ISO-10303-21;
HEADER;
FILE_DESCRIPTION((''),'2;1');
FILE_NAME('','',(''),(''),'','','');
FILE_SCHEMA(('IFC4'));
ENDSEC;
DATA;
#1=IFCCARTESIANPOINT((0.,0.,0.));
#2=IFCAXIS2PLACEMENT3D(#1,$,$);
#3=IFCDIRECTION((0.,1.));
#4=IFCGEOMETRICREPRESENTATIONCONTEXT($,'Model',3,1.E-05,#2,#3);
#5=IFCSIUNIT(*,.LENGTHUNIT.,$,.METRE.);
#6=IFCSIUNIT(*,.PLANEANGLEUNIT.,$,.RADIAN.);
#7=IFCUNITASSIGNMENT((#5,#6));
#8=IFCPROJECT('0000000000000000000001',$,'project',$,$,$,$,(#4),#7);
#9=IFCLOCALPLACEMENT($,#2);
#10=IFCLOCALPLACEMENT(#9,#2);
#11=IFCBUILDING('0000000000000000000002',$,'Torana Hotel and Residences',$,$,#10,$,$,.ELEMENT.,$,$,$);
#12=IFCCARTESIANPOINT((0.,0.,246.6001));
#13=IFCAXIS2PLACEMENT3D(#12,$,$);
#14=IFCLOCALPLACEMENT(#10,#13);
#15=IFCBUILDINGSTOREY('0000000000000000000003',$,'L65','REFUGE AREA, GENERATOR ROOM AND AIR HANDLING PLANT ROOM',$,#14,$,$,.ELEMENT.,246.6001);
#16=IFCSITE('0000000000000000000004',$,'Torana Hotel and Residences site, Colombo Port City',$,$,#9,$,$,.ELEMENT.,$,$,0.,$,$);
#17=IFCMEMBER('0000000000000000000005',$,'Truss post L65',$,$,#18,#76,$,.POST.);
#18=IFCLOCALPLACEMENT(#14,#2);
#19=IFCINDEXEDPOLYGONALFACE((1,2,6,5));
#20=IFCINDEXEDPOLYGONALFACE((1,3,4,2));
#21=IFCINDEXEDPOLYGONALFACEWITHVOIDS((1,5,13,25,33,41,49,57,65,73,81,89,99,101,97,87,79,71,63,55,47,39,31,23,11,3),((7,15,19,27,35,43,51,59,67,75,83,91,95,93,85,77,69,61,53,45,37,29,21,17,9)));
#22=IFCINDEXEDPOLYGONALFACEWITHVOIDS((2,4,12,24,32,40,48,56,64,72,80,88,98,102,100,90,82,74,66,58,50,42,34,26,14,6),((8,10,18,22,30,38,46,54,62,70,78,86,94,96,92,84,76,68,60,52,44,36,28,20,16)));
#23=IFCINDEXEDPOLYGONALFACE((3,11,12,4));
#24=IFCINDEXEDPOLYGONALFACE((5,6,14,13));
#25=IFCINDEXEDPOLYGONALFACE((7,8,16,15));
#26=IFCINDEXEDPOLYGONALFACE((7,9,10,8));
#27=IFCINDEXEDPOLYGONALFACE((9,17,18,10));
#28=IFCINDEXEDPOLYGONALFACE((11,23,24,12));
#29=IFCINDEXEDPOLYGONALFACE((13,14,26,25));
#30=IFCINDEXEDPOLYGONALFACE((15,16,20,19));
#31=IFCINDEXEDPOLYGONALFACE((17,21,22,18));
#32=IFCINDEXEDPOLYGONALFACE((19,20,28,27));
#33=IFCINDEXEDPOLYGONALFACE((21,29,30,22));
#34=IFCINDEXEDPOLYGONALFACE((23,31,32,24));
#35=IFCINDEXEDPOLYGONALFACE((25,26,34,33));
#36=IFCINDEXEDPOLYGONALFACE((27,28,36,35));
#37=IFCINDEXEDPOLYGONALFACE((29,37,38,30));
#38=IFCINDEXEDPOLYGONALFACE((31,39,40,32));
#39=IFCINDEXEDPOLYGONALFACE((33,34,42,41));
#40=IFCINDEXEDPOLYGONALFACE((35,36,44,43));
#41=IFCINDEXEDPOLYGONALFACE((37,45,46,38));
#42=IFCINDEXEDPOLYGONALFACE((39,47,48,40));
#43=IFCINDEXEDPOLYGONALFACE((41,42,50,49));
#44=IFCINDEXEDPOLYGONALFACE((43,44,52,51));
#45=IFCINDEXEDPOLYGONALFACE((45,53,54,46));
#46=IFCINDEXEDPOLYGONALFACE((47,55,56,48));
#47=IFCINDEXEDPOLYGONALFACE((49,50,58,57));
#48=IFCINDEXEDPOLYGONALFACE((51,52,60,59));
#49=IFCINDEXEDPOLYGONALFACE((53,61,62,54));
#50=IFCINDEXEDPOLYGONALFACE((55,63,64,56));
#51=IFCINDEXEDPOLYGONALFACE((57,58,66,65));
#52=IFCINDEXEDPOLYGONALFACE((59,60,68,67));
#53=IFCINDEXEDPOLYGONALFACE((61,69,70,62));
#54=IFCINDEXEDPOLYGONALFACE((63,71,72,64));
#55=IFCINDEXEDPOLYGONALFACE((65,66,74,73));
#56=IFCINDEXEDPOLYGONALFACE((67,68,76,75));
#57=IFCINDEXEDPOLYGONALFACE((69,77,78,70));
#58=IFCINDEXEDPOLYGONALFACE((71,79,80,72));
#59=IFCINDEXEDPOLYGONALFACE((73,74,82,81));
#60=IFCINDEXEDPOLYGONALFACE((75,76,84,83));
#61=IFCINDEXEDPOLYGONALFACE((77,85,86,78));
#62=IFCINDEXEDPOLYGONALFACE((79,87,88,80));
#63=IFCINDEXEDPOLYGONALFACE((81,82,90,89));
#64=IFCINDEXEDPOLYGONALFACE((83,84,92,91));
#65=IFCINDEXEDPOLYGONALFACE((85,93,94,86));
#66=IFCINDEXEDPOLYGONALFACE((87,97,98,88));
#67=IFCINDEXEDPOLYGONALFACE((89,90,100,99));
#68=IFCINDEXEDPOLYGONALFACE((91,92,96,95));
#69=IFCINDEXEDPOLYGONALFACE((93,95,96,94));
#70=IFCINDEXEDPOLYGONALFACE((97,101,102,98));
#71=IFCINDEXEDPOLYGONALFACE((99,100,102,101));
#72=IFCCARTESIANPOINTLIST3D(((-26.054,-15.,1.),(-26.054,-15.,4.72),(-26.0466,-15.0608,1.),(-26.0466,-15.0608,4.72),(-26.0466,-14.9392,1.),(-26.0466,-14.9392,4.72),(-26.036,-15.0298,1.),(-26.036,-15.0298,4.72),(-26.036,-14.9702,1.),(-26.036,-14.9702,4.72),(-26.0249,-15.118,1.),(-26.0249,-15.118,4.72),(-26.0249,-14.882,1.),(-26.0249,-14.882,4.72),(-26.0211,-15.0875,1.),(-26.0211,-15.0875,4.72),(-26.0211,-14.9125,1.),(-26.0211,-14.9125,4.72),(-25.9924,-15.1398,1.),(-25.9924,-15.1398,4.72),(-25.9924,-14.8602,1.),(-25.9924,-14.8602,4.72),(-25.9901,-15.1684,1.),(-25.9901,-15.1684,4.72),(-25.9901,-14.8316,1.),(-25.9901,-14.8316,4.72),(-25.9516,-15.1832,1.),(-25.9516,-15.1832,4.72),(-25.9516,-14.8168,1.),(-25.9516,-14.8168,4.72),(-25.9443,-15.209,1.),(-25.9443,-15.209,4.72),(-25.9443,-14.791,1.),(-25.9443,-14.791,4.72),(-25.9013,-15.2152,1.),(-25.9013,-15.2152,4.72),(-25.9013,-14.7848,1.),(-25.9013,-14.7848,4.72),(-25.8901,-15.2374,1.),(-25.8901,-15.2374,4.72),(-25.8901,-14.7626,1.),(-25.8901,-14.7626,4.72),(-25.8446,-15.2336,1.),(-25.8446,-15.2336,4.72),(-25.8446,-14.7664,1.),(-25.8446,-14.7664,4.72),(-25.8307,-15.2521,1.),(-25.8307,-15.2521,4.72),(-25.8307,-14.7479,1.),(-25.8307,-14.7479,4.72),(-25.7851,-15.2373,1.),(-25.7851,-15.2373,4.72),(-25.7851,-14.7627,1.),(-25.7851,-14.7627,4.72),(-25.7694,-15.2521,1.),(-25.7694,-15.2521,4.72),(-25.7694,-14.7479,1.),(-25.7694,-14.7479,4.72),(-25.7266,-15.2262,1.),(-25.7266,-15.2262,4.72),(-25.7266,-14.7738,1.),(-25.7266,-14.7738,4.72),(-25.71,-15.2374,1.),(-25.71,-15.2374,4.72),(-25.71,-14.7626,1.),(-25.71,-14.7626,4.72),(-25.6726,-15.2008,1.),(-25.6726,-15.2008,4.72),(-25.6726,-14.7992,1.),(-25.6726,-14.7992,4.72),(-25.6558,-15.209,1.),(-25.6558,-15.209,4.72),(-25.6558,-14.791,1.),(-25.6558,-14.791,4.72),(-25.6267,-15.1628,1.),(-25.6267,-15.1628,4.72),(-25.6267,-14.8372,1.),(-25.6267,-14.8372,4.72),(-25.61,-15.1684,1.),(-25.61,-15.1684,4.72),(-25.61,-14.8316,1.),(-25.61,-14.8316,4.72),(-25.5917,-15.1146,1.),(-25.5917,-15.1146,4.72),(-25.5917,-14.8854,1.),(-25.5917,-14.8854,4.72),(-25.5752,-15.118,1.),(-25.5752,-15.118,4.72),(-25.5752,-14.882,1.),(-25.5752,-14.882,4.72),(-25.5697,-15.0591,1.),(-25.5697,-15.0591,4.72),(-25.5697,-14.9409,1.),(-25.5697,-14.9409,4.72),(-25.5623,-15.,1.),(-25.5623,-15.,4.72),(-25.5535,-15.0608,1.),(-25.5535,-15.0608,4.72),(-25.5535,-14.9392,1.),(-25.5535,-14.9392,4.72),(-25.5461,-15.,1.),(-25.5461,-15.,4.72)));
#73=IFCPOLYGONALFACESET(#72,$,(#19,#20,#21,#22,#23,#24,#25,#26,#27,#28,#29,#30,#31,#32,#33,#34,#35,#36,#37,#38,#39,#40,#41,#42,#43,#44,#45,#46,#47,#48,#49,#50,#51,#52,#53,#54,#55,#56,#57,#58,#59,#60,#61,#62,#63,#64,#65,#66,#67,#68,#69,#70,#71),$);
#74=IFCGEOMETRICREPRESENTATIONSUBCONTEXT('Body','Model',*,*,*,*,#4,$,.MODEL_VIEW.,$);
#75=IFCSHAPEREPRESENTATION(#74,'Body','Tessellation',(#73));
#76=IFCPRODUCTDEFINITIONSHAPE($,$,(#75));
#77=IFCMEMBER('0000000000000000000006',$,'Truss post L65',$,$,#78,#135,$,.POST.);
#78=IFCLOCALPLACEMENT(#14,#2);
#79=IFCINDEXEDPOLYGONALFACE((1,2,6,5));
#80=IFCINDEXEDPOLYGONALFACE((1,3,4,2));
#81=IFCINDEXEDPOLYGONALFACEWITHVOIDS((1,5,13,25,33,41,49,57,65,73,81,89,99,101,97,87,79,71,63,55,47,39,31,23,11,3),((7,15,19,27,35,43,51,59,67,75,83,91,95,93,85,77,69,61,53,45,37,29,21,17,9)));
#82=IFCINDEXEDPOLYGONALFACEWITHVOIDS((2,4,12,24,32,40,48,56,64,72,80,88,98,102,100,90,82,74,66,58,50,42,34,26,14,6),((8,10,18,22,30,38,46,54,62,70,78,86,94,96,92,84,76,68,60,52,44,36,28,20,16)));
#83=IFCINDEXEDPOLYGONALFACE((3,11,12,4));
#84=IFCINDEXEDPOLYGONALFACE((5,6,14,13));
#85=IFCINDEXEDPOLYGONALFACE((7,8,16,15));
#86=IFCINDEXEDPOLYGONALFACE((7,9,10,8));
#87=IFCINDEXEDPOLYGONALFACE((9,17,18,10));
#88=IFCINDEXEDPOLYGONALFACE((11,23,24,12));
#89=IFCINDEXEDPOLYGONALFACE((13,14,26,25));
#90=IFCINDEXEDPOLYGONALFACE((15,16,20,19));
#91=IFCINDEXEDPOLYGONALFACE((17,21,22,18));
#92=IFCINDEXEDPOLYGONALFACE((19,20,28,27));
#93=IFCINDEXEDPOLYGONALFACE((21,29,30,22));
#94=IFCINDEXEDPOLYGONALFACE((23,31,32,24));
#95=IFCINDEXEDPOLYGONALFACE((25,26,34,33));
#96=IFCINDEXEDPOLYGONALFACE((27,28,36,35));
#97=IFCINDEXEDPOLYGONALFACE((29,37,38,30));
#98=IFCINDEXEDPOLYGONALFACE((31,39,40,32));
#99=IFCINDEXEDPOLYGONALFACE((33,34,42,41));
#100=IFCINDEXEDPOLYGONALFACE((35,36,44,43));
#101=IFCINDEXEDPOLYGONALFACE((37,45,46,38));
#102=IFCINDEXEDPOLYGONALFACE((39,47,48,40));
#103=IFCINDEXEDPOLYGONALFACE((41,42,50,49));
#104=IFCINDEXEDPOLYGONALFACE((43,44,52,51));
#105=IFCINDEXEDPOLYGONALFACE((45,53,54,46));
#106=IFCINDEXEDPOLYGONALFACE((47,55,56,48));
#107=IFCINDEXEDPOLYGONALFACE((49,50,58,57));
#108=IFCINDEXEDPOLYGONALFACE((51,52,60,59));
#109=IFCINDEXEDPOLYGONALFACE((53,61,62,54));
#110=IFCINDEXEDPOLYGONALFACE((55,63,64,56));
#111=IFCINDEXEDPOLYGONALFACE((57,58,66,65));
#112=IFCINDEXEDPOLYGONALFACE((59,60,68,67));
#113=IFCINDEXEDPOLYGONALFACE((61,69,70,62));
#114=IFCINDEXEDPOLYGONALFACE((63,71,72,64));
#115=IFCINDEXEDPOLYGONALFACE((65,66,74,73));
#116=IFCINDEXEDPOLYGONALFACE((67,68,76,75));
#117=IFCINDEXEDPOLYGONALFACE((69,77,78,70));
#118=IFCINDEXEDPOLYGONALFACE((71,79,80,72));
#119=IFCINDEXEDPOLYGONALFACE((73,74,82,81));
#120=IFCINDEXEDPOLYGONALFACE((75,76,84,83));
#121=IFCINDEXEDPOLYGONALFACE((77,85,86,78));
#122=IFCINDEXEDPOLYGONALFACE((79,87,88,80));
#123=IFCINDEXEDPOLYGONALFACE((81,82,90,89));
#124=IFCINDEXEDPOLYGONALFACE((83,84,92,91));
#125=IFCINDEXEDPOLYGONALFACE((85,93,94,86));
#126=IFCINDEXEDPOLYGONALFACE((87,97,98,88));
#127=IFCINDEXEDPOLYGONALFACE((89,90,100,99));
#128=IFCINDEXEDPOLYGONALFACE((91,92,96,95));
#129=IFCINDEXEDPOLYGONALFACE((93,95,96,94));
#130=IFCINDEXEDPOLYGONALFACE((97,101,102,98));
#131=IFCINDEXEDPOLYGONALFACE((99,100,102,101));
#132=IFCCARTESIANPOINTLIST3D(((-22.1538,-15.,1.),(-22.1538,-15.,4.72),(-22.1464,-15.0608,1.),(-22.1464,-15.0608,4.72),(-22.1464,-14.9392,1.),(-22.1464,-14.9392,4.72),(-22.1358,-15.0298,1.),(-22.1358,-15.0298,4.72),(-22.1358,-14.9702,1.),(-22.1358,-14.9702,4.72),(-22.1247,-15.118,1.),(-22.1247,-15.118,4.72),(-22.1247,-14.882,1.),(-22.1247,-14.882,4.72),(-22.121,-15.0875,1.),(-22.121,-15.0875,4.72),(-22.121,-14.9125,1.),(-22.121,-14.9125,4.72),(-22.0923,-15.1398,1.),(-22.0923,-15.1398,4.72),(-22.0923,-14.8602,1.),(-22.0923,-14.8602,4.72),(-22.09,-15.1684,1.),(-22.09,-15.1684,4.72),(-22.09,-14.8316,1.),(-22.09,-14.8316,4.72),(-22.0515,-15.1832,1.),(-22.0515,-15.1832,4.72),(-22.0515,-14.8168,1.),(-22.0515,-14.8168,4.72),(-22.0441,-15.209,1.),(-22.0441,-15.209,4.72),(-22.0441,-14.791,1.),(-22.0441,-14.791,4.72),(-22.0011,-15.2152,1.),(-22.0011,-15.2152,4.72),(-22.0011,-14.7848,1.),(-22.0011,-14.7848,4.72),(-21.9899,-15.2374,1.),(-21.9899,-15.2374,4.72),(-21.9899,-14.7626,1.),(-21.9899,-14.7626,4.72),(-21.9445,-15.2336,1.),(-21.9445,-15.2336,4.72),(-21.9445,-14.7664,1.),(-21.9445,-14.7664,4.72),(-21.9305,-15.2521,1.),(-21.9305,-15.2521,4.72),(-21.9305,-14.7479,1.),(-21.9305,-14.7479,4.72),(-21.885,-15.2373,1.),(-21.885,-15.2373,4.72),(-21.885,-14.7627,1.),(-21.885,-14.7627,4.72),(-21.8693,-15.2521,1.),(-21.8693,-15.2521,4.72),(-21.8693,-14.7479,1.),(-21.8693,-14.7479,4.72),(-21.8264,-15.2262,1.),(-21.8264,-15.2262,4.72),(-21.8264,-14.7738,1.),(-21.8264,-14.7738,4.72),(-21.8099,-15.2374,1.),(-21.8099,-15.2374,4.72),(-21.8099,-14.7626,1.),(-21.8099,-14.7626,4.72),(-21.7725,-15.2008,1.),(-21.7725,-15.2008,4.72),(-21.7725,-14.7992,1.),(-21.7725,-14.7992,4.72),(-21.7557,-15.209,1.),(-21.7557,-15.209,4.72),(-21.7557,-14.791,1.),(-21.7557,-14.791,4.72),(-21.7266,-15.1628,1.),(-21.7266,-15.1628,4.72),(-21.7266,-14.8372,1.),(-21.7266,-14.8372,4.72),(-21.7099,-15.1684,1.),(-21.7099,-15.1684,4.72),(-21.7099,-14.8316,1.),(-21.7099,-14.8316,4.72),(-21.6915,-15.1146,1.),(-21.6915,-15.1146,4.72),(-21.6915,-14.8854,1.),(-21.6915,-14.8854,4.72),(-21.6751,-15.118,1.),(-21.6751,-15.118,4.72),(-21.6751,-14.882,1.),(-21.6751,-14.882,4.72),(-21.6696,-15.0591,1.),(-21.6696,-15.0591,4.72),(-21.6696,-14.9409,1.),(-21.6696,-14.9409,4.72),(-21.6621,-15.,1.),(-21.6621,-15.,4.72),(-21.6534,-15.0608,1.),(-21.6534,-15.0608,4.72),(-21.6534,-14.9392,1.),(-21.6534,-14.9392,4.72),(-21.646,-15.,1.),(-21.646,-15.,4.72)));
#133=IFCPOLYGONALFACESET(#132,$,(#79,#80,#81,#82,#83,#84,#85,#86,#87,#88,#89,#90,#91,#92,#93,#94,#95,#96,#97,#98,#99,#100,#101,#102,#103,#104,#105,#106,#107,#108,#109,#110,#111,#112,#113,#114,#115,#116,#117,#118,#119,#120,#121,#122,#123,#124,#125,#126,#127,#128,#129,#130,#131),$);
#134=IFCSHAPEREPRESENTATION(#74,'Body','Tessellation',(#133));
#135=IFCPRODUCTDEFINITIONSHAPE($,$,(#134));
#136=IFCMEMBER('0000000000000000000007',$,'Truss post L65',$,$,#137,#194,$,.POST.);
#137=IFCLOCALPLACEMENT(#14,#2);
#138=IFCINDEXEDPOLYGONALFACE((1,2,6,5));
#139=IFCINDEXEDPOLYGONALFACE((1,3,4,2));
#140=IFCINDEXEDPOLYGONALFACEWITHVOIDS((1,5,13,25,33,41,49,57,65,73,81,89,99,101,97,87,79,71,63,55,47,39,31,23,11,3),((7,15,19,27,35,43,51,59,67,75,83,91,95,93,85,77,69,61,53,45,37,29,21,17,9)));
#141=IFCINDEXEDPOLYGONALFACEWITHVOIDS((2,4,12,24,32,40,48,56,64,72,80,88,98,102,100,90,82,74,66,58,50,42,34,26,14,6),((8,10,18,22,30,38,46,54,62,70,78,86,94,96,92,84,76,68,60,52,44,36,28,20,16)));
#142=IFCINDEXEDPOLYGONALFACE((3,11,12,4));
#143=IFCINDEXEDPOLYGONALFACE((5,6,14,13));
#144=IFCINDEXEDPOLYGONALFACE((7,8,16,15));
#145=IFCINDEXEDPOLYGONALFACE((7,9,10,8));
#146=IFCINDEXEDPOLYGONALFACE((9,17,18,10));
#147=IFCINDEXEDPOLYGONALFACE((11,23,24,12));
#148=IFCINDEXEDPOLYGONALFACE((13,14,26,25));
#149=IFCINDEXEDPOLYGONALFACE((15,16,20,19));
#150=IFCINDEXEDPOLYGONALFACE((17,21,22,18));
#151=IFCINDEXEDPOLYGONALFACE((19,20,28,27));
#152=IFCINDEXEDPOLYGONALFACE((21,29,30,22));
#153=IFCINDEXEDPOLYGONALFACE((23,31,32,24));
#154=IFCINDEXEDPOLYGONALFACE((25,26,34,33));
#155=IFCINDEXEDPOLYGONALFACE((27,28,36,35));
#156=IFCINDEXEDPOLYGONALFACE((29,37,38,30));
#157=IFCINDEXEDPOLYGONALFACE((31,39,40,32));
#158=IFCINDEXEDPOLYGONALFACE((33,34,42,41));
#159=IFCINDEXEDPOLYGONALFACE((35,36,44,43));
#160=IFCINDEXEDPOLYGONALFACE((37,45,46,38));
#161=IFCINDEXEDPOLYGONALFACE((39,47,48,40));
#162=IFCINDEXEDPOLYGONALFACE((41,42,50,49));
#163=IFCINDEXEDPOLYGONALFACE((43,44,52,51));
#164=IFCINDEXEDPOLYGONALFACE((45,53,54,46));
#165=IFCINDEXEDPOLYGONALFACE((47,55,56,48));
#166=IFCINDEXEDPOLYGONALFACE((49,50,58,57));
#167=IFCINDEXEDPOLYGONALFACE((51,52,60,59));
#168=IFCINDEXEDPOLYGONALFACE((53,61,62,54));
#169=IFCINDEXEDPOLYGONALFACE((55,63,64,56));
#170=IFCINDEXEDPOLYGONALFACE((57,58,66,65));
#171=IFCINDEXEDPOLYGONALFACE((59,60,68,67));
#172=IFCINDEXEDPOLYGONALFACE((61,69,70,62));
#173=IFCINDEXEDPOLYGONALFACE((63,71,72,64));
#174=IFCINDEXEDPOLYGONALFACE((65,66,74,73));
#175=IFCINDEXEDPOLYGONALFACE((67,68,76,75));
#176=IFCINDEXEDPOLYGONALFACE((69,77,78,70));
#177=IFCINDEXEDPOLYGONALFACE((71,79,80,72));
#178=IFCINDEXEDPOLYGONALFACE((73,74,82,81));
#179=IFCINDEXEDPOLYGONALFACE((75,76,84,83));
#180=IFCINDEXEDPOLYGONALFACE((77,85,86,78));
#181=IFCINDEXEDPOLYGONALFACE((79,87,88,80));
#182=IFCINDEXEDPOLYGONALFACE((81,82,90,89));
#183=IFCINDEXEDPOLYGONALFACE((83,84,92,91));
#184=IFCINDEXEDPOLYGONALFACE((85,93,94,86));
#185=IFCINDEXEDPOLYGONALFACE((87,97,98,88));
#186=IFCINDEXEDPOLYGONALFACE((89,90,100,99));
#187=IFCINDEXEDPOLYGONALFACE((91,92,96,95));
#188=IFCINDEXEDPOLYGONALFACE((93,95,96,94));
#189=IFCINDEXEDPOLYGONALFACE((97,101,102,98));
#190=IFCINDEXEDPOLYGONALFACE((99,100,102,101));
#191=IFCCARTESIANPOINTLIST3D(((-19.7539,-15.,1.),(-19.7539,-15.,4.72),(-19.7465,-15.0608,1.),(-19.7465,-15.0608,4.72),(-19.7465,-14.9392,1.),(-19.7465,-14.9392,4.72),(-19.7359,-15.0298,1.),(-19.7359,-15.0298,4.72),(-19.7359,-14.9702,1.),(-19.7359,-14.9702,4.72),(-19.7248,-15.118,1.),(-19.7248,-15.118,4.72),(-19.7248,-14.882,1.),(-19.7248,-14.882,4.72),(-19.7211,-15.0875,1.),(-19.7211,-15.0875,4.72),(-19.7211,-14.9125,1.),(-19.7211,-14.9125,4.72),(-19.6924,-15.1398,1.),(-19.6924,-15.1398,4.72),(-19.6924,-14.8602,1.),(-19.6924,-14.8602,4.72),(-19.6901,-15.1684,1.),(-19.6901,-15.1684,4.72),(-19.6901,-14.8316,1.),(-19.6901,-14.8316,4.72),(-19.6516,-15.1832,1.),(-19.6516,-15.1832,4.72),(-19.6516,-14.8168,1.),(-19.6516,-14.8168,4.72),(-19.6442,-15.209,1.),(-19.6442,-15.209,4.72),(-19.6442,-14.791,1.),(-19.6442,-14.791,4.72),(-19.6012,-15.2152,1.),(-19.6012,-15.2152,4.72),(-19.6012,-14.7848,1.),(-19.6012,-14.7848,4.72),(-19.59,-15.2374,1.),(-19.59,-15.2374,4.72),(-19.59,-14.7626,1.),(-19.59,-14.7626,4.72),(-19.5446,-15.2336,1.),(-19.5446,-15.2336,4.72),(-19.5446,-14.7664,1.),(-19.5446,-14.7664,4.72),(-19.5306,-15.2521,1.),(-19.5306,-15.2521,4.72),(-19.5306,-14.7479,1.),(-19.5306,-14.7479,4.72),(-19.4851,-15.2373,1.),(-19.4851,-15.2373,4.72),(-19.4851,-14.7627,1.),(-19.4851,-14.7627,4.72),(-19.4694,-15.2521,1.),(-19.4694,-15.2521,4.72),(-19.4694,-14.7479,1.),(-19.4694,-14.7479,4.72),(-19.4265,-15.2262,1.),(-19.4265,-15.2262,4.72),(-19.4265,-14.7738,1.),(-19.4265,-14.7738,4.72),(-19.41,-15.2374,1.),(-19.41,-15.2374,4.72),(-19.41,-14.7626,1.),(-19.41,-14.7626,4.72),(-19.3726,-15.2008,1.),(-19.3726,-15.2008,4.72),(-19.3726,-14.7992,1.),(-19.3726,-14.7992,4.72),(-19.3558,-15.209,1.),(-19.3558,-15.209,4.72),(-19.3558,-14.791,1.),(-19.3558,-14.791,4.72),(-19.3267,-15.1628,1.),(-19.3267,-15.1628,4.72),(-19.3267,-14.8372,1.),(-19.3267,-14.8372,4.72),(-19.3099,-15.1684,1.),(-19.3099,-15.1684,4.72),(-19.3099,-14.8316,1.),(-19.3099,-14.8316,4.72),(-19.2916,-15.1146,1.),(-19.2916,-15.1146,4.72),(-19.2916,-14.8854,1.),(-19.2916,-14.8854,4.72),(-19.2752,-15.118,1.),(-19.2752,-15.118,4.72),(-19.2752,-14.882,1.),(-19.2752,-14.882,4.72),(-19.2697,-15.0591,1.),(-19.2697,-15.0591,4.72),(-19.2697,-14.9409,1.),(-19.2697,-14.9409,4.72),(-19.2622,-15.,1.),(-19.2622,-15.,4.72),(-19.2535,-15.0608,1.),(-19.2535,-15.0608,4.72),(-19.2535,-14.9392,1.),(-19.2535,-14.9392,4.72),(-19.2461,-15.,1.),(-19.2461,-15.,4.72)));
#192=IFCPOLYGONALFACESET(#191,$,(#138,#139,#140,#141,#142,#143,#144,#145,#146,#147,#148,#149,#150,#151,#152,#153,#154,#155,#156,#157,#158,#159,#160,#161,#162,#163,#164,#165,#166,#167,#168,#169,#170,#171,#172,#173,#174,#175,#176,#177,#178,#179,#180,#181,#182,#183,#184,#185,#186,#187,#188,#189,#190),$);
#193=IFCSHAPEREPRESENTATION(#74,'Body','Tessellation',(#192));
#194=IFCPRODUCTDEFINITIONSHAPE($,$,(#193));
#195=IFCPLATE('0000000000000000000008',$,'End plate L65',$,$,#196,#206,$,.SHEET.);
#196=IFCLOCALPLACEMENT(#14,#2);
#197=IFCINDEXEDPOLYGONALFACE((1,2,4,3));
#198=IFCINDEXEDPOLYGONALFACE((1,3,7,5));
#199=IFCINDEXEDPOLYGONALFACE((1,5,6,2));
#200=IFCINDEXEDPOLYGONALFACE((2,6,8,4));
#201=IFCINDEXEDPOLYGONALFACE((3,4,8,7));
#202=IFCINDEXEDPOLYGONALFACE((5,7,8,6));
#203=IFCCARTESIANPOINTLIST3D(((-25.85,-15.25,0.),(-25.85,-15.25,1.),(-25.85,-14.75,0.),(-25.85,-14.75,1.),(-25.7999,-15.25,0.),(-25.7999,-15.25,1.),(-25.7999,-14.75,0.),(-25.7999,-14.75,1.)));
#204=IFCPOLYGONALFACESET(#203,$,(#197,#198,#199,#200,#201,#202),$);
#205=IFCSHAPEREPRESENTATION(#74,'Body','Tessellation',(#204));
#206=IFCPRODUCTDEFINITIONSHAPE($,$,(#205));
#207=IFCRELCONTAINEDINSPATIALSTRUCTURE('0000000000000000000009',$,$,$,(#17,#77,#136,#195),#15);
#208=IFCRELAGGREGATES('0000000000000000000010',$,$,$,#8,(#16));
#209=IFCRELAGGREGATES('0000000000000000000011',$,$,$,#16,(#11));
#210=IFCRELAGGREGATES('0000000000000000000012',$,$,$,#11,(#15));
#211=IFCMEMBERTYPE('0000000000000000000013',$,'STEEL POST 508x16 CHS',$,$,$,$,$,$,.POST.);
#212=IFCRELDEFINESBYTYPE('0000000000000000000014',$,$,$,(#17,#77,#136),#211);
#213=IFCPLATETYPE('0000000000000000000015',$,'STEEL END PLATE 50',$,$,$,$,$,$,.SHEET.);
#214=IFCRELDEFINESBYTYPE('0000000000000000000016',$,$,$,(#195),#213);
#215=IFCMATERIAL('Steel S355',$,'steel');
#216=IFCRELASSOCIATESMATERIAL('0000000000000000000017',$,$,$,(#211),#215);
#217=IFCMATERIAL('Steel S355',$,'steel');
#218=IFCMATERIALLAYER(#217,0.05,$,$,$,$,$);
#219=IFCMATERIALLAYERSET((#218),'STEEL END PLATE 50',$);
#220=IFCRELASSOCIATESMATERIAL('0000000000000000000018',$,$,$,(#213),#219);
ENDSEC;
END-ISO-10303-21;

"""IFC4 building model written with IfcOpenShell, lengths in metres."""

from ifc_helpers import new_model, si_unit, direction, frame, origin, origin_2d, place, context, subcontext, project, spatial, rectangle, hollow_circle, extrude, material, layer, layer_set, material_profile, profile_set, type_object, element, save


model = new_model("IFC4")

# Units and contexts
model_context = context("Model", 3, precision=1e-05, world=origin(), true_north=direction((0.0, 1.0)))
body_context = subcontext(model_context, "Body", "Model", "MODEL_VIEW")
ifc_project = project(units=[si_unit("LENGTHUNIT", "METRE"), si_unit("PLANEANGLEUNIT", "RADIAN")], contexts=[model_context])

# Site, building, storey
site_placement = place(None, origin())
site = spatial("IfcSite", under=ifc_project, at=site_placement, Name="Torana Hotel and Residences site, Colombo Port City", CompositionType="ELEMENT", RefElevation=0.0)
building_placement = place(site_placement, origin())
building = spatial("IfcBuilding", under=site, at=building_placement, Name="Torana Hotel and Residences", CompositionType="ELEMENT")
storey_placement = place(building_placement, frame((0.0, 0.0, 246.6001)))
storey = spatial("IfcBuildingStorey", under=building, at=storey_placement, Name="L65", Description="REFUGE AREA, GENERATOR ROOM AND AIR HANDLING PLANT ROOM", CompositionType="ELEMENT", Elevation=246.6001)

# Members
ifc_material_1 = material(Name="Steel S355", Category="steel")
ifc_material_profile_1 = material_profile(ifc_material_1, hollow_circle(Radius=0.2539, WallThickness=0.0161, at=origin_2d()), Name="508x16 CHS")
ifc_profile_set_1 = profile_set([ifc_material_profile_1], Name="Steel S355")
member_type_1 = type_object("IfcMemberType", Name="STEEL POST 508x16 CHS", PredefinedType="POST", material=ifc_profile_set_1)
for number, where, z_axis, x_axis, name in (
    (1, (-25.8, -15.0, 1.0), (0.0, 0.0, 1.0), (1.0, 0.0, 0.0), "Truss post L65"),
    (2, (-21.8999, -15.0, 1.0), (0.0, 0.0, 1.0), (1.0, 0.0, 0.0), "Truss post L65"),
    (3, (-19.5, -15.0, 1.0), (0.0, 0.0, 1.0), (1.0, 0.0, 0.0), "Truss post L65"),
):
    element("IfcMember", number, at=place(storey_placement, frame(where, z_axis=z_axis, x_axis=x_axis)), inside=storey, type_object=member_type_1, Name=name, PredefinedType="POST", context=body_context, shape_type="SweptSolid", body=[
        extrude(hollow_circle(Radius=0.2539, WallThickness=0.0161, at=origin_2d()), origin(), (0.0, 0.0, 1.0), 3.72),
    ])

# Plate
ifc_material_2 = material(Name="Steel S355", Category="steel")
ifc_layer_1 = layer(ifc_material_2, 0.05)
ifc_layer_set_1 = layer_set([ifc_layer_1], Name="STEEL END PLATE 50")
plate_type = type_object("IfcPlateType", Name="STEEL END PLATE 50", PredefinedType="SHEET", material=ifc_layer_set_1)
for number, where, z_axis, x_axis, name in (
    (4, (-25.825, -15.0, 0.0), (0.0, 0.0, 1.0), (-1.0, 0.0, 0.0), "End plate L65"),
):
    element("IfcPlate", number, at=place(storey_placement, frame(where, z_axis=z_axis, x_axis=x_axis)), inside=storey, type_object=plate_type, Name=name, PredefinedType="SHEET", context=body_context, shape_type="SweptSolid", body=[
        extrude(rectangle(XDim=0.05, YDim=0.5, at=origin_2d()), origin(), (0.0, 0.0, 1.0), 1.0),
    ])

save(model, "model.ifc")
